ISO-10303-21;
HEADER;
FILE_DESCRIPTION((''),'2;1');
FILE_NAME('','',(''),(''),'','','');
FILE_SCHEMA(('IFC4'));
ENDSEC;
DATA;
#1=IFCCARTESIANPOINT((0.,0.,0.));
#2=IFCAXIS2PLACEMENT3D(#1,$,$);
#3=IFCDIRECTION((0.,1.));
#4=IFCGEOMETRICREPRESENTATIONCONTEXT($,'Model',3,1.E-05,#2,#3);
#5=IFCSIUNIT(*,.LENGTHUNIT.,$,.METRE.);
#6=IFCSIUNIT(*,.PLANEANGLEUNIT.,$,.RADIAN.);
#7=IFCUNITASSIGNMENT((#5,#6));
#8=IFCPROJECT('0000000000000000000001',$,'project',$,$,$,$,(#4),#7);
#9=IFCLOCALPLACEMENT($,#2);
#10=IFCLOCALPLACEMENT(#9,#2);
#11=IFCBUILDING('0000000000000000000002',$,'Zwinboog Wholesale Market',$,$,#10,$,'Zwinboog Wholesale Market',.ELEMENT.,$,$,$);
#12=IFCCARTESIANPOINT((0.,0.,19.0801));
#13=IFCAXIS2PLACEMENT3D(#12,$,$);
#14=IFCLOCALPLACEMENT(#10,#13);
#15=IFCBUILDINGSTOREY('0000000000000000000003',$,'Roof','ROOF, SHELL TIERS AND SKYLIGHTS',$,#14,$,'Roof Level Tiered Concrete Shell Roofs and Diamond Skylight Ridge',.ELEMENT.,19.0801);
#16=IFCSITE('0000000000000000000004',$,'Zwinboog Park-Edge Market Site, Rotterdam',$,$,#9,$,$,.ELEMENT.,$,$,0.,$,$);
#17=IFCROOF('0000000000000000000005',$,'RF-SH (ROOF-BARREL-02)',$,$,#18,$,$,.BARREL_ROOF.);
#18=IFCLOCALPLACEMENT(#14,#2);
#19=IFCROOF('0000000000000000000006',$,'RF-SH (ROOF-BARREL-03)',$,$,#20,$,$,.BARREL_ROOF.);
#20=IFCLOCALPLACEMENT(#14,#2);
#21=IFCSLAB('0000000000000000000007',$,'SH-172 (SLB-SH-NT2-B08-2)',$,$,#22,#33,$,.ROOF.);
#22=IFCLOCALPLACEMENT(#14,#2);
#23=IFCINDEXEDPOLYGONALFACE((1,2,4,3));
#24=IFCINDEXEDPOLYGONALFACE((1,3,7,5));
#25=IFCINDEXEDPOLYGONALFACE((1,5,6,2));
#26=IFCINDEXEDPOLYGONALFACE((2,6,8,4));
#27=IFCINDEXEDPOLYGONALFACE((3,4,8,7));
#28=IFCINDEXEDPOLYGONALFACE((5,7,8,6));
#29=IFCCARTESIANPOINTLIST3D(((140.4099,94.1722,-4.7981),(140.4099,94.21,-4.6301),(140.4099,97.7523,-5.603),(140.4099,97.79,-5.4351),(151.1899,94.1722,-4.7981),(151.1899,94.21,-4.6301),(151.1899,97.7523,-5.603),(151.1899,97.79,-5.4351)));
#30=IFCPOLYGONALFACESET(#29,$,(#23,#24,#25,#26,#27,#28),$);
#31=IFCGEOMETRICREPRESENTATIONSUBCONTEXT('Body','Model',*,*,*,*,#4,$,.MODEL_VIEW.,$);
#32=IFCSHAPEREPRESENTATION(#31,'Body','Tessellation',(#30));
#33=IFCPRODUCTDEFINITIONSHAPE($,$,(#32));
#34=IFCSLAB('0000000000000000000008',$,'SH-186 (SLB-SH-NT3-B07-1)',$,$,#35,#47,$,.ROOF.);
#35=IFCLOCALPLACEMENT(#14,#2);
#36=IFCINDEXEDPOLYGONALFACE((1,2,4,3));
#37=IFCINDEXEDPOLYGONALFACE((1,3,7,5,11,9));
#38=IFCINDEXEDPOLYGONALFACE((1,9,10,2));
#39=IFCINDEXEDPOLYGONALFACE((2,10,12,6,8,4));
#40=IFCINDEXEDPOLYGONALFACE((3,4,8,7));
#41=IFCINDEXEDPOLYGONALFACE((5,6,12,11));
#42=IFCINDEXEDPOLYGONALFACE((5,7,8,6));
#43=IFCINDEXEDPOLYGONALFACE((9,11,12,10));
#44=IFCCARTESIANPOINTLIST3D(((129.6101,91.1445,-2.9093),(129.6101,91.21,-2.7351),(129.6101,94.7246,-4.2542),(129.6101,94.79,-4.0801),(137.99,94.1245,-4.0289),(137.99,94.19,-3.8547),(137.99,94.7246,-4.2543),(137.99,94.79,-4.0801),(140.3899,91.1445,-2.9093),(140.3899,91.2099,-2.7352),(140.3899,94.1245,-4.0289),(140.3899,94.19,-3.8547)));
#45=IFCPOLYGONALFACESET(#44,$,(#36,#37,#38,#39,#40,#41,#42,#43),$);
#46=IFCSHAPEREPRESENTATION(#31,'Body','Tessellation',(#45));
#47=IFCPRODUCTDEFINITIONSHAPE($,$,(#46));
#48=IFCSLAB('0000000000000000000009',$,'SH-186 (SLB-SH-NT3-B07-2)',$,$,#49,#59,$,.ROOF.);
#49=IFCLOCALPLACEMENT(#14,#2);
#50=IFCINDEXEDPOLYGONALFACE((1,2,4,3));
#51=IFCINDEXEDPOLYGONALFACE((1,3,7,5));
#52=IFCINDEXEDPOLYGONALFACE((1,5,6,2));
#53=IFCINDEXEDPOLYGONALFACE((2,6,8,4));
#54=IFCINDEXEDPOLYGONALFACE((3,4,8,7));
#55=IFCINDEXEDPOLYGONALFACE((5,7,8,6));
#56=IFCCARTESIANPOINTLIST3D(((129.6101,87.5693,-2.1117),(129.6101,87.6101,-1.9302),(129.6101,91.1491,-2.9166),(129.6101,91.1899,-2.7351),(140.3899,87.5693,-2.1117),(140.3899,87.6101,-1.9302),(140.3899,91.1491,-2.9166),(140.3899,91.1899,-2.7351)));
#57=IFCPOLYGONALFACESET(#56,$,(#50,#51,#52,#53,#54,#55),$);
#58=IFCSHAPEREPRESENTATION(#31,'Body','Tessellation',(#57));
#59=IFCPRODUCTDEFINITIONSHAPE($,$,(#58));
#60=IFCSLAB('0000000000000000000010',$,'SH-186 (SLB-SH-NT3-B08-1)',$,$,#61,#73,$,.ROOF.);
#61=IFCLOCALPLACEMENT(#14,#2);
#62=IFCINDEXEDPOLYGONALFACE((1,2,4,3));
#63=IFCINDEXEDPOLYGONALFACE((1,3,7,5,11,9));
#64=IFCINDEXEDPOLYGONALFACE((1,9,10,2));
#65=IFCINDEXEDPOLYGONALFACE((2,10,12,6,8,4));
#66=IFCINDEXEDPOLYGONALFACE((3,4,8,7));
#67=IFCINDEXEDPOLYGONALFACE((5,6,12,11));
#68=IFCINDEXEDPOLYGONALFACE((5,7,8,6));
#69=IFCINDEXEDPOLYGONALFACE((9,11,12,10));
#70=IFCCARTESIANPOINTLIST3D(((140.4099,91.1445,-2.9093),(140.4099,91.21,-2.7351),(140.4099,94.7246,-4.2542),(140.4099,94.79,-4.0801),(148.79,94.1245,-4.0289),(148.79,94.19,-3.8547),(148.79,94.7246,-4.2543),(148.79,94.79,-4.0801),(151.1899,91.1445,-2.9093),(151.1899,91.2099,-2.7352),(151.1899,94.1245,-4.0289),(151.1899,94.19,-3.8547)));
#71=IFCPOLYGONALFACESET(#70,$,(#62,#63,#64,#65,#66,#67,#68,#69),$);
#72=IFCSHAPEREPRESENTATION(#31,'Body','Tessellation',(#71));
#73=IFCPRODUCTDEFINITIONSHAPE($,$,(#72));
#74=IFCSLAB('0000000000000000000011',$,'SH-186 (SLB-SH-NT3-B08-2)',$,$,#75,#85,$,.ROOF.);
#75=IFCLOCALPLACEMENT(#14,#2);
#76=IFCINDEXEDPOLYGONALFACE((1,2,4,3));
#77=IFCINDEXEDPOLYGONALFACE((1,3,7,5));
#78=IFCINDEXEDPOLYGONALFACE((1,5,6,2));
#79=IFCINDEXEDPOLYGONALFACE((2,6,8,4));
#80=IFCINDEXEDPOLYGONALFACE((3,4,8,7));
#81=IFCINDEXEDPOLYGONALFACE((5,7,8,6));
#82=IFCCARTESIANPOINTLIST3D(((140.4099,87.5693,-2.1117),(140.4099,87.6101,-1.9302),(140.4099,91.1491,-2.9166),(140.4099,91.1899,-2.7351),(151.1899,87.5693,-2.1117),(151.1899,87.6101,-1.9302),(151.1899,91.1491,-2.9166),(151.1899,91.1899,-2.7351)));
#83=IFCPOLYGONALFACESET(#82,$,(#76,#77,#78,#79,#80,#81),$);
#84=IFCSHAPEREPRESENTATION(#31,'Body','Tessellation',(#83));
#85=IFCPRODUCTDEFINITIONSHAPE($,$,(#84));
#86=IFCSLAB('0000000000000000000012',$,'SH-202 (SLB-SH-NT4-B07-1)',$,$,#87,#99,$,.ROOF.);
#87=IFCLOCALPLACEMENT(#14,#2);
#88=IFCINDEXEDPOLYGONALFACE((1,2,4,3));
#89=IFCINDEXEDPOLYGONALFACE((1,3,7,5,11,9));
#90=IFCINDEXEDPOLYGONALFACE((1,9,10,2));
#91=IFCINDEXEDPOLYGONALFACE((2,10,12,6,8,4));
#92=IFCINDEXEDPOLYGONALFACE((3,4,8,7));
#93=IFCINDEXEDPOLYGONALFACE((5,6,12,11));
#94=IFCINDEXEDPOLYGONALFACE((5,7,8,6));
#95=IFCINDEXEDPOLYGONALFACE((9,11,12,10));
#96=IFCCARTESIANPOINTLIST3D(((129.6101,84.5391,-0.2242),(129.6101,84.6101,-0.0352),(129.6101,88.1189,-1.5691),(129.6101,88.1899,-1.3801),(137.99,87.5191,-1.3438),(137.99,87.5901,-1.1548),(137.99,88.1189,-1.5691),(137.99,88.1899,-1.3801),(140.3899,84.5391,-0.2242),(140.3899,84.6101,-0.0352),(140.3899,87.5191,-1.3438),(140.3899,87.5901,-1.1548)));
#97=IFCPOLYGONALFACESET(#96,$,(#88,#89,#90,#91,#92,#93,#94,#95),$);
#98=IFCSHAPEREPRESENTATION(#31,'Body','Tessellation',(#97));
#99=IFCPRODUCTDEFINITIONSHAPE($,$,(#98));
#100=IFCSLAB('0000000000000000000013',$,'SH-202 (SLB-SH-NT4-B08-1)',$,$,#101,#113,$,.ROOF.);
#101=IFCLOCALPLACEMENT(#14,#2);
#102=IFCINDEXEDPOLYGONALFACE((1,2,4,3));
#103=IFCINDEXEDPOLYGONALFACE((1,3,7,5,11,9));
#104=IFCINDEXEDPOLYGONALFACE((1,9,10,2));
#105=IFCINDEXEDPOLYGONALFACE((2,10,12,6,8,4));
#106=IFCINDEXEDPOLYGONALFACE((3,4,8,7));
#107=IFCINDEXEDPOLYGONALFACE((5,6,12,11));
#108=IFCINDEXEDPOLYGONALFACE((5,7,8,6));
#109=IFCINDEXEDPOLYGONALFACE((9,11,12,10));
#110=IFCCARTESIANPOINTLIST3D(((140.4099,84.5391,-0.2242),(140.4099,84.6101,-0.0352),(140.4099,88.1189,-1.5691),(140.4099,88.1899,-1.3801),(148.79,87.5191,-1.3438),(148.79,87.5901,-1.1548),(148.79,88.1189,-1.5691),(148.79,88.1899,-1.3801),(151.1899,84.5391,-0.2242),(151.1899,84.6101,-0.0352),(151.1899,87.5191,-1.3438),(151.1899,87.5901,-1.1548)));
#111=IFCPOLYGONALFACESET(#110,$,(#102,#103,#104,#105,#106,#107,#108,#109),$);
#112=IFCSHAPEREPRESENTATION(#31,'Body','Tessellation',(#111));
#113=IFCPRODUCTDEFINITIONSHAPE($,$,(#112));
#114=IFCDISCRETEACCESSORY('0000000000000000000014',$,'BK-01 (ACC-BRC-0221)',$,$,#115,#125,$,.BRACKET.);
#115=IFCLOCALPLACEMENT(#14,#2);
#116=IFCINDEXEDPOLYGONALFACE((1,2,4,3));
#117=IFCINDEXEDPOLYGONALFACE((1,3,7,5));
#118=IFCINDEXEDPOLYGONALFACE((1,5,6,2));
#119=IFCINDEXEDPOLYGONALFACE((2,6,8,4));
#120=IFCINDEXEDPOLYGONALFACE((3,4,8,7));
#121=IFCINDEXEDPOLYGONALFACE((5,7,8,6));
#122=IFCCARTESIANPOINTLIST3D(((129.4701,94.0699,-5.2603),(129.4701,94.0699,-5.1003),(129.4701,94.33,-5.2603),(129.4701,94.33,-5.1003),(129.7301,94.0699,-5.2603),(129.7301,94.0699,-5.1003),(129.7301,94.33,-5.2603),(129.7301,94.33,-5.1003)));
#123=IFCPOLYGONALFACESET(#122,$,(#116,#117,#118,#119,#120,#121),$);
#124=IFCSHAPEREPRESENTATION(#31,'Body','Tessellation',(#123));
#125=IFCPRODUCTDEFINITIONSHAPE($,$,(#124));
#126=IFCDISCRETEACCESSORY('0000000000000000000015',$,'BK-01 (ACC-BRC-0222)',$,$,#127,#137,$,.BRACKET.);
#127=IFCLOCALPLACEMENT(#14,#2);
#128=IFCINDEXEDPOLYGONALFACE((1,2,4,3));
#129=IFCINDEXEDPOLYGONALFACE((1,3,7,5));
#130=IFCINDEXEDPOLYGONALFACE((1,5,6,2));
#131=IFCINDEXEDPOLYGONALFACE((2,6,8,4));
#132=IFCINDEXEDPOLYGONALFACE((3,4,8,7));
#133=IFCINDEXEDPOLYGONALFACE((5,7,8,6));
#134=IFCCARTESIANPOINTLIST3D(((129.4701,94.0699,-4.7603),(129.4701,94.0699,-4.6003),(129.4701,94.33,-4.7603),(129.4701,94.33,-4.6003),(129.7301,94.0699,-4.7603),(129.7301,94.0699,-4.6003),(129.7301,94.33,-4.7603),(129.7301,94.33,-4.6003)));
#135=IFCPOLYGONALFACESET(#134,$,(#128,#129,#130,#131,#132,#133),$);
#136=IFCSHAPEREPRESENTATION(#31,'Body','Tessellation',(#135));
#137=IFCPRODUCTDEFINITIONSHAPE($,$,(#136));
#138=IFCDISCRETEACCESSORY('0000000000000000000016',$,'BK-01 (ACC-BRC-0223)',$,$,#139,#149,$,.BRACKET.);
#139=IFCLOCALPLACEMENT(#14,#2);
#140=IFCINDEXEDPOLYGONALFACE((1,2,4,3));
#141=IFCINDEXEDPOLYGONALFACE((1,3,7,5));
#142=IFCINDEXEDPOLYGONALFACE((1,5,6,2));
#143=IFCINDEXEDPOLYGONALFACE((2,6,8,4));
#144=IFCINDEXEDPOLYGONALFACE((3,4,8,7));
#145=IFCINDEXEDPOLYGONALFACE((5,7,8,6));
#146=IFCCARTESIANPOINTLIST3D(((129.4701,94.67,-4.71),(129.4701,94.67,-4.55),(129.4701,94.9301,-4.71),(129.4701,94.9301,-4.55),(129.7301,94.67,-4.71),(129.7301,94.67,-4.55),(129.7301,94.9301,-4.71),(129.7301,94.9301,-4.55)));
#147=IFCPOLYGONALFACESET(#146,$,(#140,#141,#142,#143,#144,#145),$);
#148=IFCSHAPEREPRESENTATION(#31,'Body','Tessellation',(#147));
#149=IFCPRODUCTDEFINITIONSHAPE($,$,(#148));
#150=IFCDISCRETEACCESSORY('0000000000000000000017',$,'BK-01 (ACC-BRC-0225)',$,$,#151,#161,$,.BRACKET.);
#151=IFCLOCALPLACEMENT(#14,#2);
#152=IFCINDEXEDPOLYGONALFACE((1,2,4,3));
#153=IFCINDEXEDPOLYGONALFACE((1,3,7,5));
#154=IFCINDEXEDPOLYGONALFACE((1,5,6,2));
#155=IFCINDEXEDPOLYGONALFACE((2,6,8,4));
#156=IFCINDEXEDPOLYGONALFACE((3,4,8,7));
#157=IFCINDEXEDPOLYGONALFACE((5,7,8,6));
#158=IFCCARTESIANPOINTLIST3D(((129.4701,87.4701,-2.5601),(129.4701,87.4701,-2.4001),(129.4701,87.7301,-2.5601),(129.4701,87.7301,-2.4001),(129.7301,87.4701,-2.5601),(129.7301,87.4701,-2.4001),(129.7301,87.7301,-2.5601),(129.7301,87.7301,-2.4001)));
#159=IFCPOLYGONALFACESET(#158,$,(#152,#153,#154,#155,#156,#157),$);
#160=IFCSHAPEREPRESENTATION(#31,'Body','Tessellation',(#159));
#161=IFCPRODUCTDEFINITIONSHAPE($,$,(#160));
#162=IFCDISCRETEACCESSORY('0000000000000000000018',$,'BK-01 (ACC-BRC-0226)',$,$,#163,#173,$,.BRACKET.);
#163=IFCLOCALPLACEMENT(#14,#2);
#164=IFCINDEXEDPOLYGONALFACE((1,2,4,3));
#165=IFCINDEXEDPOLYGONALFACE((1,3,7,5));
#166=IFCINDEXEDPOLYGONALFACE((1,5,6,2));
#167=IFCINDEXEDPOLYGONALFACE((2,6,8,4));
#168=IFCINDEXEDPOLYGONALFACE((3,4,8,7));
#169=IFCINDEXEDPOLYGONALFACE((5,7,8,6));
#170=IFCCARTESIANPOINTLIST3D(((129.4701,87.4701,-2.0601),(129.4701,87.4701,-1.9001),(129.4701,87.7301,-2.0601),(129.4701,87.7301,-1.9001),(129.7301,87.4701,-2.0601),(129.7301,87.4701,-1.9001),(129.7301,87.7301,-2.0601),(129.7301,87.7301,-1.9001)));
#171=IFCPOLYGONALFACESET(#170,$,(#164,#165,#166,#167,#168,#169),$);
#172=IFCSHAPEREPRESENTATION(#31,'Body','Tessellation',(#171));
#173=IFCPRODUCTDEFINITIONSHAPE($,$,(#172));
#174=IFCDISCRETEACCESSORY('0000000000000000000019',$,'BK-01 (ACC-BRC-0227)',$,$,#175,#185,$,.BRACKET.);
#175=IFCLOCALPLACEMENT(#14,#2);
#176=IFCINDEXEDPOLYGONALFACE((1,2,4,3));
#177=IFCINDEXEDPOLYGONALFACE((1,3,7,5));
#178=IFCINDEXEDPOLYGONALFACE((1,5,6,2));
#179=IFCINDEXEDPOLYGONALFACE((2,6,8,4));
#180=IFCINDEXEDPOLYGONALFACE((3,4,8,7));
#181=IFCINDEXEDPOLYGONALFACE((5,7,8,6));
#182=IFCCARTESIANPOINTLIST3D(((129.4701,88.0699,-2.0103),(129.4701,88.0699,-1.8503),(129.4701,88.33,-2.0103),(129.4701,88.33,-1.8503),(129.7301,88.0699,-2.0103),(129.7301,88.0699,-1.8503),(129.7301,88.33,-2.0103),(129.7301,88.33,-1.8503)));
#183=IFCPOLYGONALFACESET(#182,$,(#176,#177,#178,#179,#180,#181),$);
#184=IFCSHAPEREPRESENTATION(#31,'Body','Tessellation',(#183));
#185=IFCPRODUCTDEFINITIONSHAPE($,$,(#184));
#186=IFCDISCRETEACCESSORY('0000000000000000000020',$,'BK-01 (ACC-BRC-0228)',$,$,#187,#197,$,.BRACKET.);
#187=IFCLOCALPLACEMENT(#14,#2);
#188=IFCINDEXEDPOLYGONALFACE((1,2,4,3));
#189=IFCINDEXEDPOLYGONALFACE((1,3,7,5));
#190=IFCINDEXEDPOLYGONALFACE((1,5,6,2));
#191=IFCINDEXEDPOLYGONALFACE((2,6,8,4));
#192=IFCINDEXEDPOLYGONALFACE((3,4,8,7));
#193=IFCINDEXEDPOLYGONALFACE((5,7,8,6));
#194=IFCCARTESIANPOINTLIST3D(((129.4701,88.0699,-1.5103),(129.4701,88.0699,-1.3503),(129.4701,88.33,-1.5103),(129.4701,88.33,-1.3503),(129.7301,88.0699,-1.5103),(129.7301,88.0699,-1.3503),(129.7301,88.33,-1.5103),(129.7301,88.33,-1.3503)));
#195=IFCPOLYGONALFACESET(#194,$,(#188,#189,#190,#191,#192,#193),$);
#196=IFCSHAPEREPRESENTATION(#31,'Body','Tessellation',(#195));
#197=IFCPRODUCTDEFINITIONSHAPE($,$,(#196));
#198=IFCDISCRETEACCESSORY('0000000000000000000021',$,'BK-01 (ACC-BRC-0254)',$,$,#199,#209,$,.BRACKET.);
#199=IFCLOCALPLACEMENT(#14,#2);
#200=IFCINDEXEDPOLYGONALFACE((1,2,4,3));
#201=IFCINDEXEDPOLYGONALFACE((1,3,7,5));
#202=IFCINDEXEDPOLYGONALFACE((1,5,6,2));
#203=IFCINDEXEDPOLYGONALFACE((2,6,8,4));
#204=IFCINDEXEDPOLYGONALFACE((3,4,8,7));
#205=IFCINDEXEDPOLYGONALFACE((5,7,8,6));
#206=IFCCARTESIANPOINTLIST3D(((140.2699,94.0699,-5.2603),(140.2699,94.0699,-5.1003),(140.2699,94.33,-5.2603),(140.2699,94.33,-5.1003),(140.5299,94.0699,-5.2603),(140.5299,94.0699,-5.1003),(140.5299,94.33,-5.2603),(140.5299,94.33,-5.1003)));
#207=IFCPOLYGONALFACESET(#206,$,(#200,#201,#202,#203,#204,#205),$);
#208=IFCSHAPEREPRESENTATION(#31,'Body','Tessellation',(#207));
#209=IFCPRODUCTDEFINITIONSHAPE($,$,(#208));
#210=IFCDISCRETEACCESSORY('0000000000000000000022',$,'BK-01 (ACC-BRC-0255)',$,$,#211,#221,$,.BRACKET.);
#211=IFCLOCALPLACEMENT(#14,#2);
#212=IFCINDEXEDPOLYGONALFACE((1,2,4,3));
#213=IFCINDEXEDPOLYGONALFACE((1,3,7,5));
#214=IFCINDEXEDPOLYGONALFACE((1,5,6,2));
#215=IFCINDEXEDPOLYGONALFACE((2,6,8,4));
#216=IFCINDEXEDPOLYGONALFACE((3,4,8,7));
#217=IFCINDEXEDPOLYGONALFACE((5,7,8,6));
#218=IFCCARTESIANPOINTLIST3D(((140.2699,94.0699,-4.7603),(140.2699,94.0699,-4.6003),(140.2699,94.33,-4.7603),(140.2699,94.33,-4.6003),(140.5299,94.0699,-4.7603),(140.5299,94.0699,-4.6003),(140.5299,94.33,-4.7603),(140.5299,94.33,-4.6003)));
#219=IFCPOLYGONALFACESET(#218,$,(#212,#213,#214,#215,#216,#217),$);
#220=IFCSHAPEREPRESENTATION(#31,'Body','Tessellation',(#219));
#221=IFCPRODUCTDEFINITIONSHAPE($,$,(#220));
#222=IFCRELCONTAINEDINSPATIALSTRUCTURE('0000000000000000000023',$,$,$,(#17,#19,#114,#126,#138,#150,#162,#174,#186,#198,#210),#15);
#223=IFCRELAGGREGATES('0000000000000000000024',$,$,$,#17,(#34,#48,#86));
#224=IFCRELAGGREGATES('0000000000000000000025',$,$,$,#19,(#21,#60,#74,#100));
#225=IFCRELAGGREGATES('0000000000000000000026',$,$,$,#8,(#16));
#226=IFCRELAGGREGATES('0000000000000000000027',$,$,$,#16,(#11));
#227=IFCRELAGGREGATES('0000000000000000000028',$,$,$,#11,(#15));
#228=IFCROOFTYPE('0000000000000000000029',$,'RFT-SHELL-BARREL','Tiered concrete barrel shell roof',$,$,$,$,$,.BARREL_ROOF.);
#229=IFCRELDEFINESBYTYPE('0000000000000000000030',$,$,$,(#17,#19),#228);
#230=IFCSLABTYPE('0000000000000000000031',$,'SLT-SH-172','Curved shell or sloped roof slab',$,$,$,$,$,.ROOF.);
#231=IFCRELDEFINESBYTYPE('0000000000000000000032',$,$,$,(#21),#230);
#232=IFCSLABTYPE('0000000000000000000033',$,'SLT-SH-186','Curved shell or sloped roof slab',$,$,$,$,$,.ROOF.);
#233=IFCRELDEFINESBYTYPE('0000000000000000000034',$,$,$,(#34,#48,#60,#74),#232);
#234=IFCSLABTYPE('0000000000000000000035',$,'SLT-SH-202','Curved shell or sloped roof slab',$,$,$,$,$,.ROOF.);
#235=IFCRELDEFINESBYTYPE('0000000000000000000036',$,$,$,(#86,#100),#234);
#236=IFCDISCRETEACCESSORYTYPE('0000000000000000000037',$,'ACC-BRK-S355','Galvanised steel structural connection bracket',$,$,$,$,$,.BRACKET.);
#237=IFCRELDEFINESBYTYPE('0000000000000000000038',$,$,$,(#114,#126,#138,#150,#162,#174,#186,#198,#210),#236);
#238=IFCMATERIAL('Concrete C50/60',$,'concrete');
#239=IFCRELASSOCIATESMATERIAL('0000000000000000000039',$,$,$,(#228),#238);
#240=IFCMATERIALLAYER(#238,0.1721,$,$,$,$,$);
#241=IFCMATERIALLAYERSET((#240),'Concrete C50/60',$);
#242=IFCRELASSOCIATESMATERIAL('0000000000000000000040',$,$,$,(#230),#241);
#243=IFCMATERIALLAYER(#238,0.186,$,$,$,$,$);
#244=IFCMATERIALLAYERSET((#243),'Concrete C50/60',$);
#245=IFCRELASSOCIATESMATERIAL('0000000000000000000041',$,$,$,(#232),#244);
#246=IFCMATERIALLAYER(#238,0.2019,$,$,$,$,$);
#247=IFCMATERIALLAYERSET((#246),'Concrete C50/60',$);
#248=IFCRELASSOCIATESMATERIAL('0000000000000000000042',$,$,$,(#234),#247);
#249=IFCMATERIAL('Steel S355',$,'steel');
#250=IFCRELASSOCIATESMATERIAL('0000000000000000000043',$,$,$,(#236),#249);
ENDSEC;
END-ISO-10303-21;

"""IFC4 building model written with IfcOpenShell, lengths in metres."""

from ifc_helpers import new_model, si_unit, direction, frame, origin, origin_2d, place, context, subcontext, project, spatial, polyline, rectangle, outline, extrude, material, layer, layer_set, type_object, element, aggregate, save


model = new_model("IFC4")

# Units and contexts
model_context = context("Model", 3, precision=1e-05, world=origin(), true_north=direction((0.0, 1.0)))
body_context = subcontext(model_context, "Body", "Model", "MODEL_VIEW")
ifc_project = project(units=[si_unit("LENGTHUNIT", "METRE"), si_unit("PLANEANGLEUNIT", "RADIAN")], contexts=[model_context])

# Site, building, storey
site_placement = place(None, origin())
site = spatial("IfcSite", under=ifc_project, at=site_placement, Name="Zwinboog Park-Edge Market Site, Rotterdam", CompositionType="ELEMENT", RefElevation=0.0)
building_placement = place(site_placement, origin())
building = spatial("IfcBuilding", under=site, at=building_placement, Name="Zwinboog Wholesale Market", LongName="Zwinboog Wholesale Market", CompositionType="ELEMENT")
storey_placement = place(building_placement, frame((0.0, 0.0, 19.0801)))
storey = spatial("IfcBuildingStorey", under=building, at=storey_placement, Name="Roof", Description="ROOF, SHELL TIERS AND SKYLIGHTS", LongName="Roof Level Tiered Concrete Shell Roofs and Diamond Skylight Ridge", CompositionType="ELEMENT", Elevation=19.0801)

# Shared definitions
ifc_material_1 = material(Name="Steel S355", Category="steel")

# Roofs, slab
ifc_material_2 = material(Name="Concrete C50/60", Category="concrete")
roof_type = type_object("IfcRoofType", Name="RFT-SHELL-BARREL", Description="Tiered concrete barrel shell roof", PredefinedType="BARREL_ROOF", material=ifc_material_2)
roof_1_placement = place(storey_placement, origin())
roof_1 = element("IfcRoof", 1, at=roof_1_placement, inside=storey, type_object=roof_type, Name="RF-SH (ROOF-BARREL-02)", PredefinedType="BARREL_ROOF")
ifc_layer_1 = layer(ifc_material_2, 0.1721)
ifc_layer_set_1 = layer_set([ifc_layer_1], Name="Concrete C50/60")
slab_type_1 = type_object("IfcSlabType", Name="SLT-SH-172", Description="Curved shell or sloped roof slab", PredefinedType="ROOF", material=ifc_layer_set_1)
roof_2_placement = place(storey_placement, origin())
roof_2 = element("IfcRoof", 2, at=roof_2_placement, inside=storey, type_object=roof_type, Name="RF-SH (ROOF-BARREL-03)", PredefinedType="BARREL_ROOF")
slab_1_placement = place(storey_placement, frame((140.4099, 94.21, -4.6301), z_axis=(0.0, 0.21936, 0.975644), x_axis=(1.0, 0.0, 0.0)))
slab_1 = element("IfcSlab", 3, at=slab_1_placement, type_object=slab_type_1, Name="SH-172 (SLB-SH-NT2-B08-2)", PredefinedType="ROOF", context=body_context, shape_type="SweptSolid", body=[
    extrude(outline(polyline([(0.0, 0.0), (10.78, 0.0), (10.78, 3.6695), (0.0, 3.6695), (0.0, 0.0)])), origin(), (0.0, 0.0, -1.0), 0.1721),
])

# Slabs
ifc_layer_2 = layer(ifc_material_2, 0.186)
ifc_layer_set_2 = layer_set([ifc_layer_2], Name="Concrete C50/60")
slab_type_2 = type_object("IfcSlabType", Name="SLT-SH-186", Description="Curved shell or sloped roof slab", PredefinedType="ROOF", material=ifc_layer_set_2)
slab_2_placement = place(storey_placement, frame((129.6101, 91.21, -2.7351), z_axis=(0.000005, 0.351689, 0.936117), x_axis=(1.0, -0.000002, -0.000004)))
slab_2 = element("IfcSlab", 4, at=slab_2_placement, type_object=slab_type_2, Name="SH-186 (SLB-SH-NT3-B07-1)", PredefinedType="ROOF", context=body_context, shape_type="SweptSolid", body=[
    extrude(outline(polyline([(0.0, 0.0), (10.7798, 0.0), (10.7798, 3.1834), (8.3799, 3.1834), (8.3799, 3.8244), (0.0, 3.8244), (0.0, 0.0)])), origin(), (0.0, 0.0, -1.0), 0.186),
])
slab_3_placement = place(storey_placement, frame((129.6101, 87.6101, -1.9302), z_axis=(0.0, 0.219374, 0.975641), x_axis=(1.0, 0.0, 0.0)))
slab_3 = element("IfcSlab", 5, at=slab_3_placement, type_object=slab_type_2, Name="SH-186 (SLB-SH-NT3-B07-2)", PredefinedType="ROOF", context=body_context, shape_type="SweptSolid", body=[
    extrude(outline(polyline([(0.0, 0.0), (10.7798, 0.0), (10.7798, 3.6692), (0.0, 3.6692), (0.0, 0.0)])), origin(), (0.0, 0.0, -1.0), 0.186),
])
slab_4_placement = place(storey_placement, frame((140.4099, 91.21, -2.7351), z_axis=(0.000005, 0.351689, 0.936117), x_axis=(1.0, -0.000002, -0.000004)))
slab_4 = element("IfcSlab", 6, at=slab_4_placement, type_object=slab_type_2, Name="SH-186 (SLB-SH-NT3-B08-1)", PredefinedType="ROOF", context=body_context, shape_type="SweptSolid", body=[
    extrude(outline(polyline([(0.0, 0.0), (10.78, 0.0), (10.78, 3.1834), (8.3801, 3.1834), (8.3801, 3.8244), (0.0, 3.8244), (0.0, 0.0)])), origin(), (0.0, 0.0, -1.0), 0.186),
])
slab_5_placement = place(storey_placement, frame((140.4099, 87.6101, -1.9302), z_axis=(0.0, 0.219374, 0.975641), x_axis=(1.0, 0.0, 0.0)))
slab_5 = element("IfcSlab", 7, at=slab_5_placement, type_object=slab_type_2, Name="SH-186 (SLB-SH-NT3-B08-2)", PredefinedType="ROOF", context=body_context, shape_type="SweptSolid", body=[
    extrude(outline(polyline([(0.0, 0.0), (10.78, 0.0), (10.78, 3.6692), (0.0, 3.6692), (0.0, 0.0)])), origin(), (0.0, 0.0, -1.0), 0.186),
])
ifc_layer_3 = layer(ifc_material_2, 0.2019)
ifc_layer_set_3 = layer_set([ifc_layer_3], Name="Concrete C50/60")
slab_type_3 = type_object("IfcSlabType", Name="SLT-SH-202", Description="Curved shell or sloped roof slab", PredefinedType="ROOF", material=ifc_layer_set_3)
slab_6_placement = place(storey_placement, frame((129.6101, 84.6101, -0.0352), z_axis=(0.000001, 0.351706, 0.936111), x_axis=(1.0, 0.0, -0.000001)))
slab_6 = element("IfcSlab", 8, at=slab_6_placement, type_object=slab_type_3, Name="SH-202 (SLB-SH-NT4-B07-1)", PredefinedType="ROOF", context=body_context, shape_type="SweptSolid", body=[
    extrude(outline(polyline([(0.0, 0.0), (10.7798, 0.0), (10.7798, 3.1834), (8.3799, 3.1834), (8.3799, 3.8242), (0.0, 3.8242), (0.0, 0.0)])), origin(), (0.0, 0.0, -1.0), 0.2019),
])
aggregate(roof_1, [slab_2, slab_3, slab_6])
slab_7_placement = place(storey_placement, frame((140.4099, 84.6101, -0.0352), z_axis=(0.000001, 0.351706, 0.936111), x_axis=(1.0, 0.0, -0.000001)))
slab_7 = element("IfcSlab", 9, at=slab_7_placement, type_object=slab_type_3, Name="SH-202 (SLB-SH-NT4-B08-1)", PredefinedType="ROOF", context=body_context, shape_type="SweptSolid", body=[
    extrude(outline(polyline([(0.0, 0.0), (10.78, 0.0), (10.78, 3.1834), (8.3801, 3.1834), (8.3801, 3.8242), (0.0, 3.8242), (0.0, 0.0)])), origin(), (0.0, 0.0, -1.0), 0.2019),
])
aggregate(roof_2, [slab_1, slab_4, slab_5, slab_7])

# Discrete accessories
discrete_accessory_type = type_object("IfcDiscreteAccessoryType", Name="ACC-BRK-S355", Description="Galvanised steel structural connection bracket", PredefinedType="BRACKET", material=ifc_material_1)
for number, where, z_axis, x_axis, name in (
    (10, (129.6001, 94.2, -5.2603), (0.0, 0.0, 1.0), (1.0, 0.0, 0.0), "BK-01 (ACC-BRC-0221)"),
    (11, (129.6001, 94.2, -4.7603), (0.0, 0.0, 1.0), (1.0, 0.0, 0.0), "BK-01 (ACC-BRC-0222)"),
    (12, (129.6001, 94.8, -4.71), (0.0, 0.0, 1.0), (1.0, 0.0, 0.0), "BK-01 (ACC-BRC-0223)"),
    (13, (129.6001, 87.6001, -2.5601), (0.0, 0.0, 1.0), (1.0, 0.0, 0.0), "BK-01 (ACC-BRC-0225)"),
    (14, (129.6001, 87.6001, -2.0601), (0.0, 0.0, 1.0), (1.0, 0.0, 0.0), "BK-01 (ACC-BRC-0226)"),
    (15, (129.6001, 88.2, -2.0103), (0.0, 0.0, 1.0), (1.0, 0.0, 0.0), "BK-01 (ACC-BRC-0227)"),
    (16, (129.6001, 88.2, -1.5103), (0.0, 0.0, 1.0), (1.0, 0.0, 0.0), "BK-01 (ACC-BRC-0228)"),
    (17, (140.3999, 94.2, -5.2603), (0.0, 0.0, 1.0), (1.0, 0.0, 0.0), "BK-01 (ACC-BRC-0254)"),
    (18, (140.3999, 94.2, -4.7603), (0.0, 0.0, 1.0), (1.0, 0.0, 0.0), "BK-01 (ACC-BRC-0255)"),
):
    element("IfcDiscreteAccessory", number, at=place(storey_placement, frame(where, z_axis=z_axis, x_axis=x_axis)), inside=storey, type_object=discrete_accessory_type, Name=name, PredefinedType="BRACKET", context=body_context, shape_type="SweptSolid", body=[
        extrude(rectangle(XDim=0.26, YDim=0.26, at=origin_2d()), origin(), (0.0, 0.0, 1.0), 0.1599),
    ])

save(model, "model.ifc")
